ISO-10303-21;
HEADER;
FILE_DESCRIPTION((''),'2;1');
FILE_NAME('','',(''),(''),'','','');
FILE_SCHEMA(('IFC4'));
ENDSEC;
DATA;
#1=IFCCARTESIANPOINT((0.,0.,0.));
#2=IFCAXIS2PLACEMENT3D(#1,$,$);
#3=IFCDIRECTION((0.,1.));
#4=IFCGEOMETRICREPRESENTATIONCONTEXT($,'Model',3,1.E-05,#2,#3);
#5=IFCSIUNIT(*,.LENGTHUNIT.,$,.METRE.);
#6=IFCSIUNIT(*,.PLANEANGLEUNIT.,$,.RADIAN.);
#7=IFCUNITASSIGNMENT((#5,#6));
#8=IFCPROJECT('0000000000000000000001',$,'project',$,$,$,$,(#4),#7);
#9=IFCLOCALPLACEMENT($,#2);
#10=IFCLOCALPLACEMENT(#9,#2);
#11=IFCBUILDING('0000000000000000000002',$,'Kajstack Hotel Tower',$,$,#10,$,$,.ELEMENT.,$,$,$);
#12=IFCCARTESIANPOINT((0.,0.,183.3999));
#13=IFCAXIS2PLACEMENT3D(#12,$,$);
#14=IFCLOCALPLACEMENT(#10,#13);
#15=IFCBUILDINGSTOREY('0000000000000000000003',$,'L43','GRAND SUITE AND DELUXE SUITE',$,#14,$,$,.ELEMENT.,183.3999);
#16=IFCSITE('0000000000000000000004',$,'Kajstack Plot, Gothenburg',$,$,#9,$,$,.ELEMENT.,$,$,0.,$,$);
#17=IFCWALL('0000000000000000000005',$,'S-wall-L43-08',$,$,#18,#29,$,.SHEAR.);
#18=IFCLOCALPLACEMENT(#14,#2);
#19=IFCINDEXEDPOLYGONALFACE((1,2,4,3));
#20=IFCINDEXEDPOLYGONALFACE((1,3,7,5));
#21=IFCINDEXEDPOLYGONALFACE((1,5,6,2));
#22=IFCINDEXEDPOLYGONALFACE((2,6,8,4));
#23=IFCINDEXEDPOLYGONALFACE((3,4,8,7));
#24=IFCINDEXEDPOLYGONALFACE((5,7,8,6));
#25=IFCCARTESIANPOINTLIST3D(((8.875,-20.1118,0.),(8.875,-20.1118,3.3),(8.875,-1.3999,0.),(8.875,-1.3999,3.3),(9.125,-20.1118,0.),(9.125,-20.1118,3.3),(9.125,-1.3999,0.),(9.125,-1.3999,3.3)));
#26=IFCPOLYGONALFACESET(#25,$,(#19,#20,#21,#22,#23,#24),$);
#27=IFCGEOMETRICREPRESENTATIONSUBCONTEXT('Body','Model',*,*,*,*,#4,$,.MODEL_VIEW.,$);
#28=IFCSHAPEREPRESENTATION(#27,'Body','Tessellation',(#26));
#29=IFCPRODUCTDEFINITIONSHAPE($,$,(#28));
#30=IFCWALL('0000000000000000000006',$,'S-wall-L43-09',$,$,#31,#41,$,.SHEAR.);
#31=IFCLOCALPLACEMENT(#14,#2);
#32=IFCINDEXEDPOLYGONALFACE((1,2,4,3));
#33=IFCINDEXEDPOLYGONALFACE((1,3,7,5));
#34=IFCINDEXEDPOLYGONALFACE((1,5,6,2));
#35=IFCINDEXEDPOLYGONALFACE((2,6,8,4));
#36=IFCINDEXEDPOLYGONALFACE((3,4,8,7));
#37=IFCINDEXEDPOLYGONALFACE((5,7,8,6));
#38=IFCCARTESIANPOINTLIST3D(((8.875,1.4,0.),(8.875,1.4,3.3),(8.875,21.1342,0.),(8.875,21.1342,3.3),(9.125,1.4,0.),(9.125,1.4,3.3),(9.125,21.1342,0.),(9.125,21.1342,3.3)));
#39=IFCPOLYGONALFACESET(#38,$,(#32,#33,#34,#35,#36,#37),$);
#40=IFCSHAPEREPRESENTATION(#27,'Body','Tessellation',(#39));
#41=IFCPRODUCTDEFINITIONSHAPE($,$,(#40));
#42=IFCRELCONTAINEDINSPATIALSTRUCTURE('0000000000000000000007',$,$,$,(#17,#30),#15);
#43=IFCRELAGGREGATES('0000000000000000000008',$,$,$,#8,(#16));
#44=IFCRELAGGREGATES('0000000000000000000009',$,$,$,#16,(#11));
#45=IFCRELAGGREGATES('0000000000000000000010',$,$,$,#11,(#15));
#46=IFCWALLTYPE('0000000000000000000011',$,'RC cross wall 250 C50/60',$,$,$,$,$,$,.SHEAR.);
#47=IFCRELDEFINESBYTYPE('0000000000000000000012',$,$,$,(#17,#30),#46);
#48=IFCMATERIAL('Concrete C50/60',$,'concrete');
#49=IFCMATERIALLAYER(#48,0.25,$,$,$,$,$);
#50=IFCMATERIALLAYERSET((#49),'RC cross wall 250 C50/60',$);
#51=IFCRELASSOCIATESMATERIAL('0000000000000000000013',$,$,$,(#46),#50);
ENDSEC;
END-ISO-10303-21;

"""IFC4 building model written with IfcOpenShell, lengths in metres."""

from ifc_helpers import new_model, si_unit, direction, frame, frame_2d, origin, place, context, subcontext, project, spatial, rectangle, extrude, material, layer, layer_set, type_object, element, save


model = new_model("IFC4")

# Units and contexts
model_context = context("Model", 3, precision=1e-05, world=origin(), true_north=direction((0.0, 1.0)))
body_context = subcontext(model_context, "Body", "Model", "MODEL_VIEW")
ifc_project = project(units=[si_unit("LENGTHUNIT", "METRE"), si_unit("PLANEANGLEUNIT", "RADIAN")], contexts=[model_context])

# Site, building, storey
site_placement = place(None, origin())
site = spatial("IfcSite", under=ifc_project, at=site_placement, Name="Kajstack Plot, Gothenburg", CompositionType="ELEMENT", RefElevation=0.0)
building_placement = place(site_placement, origin())
building = spatial("IfcBuilding", under=site, at=building_placement, Name="Kajstack Hotel Tower", CompositionType="ELEMENT")
storey_placement = place(building_placement, frame((0.0, 0.0, 183.3999)))
storey = spatial("IfcBuildingStorey", under=building, at=storey_placement, Name="L43", Description="GRAND SUITE AND DELUXE SUITE", CompositionType="ELEMENT", Elevation=183.3999)

# Walls
ifc_material_1 = material(Name="Concrete C50/60", Category="concrete")
ifc_layer_1 = layer(ifc_material_1, 0.25)
ifc_layer_set_1 = layer_set([ifc_layer_1], Name="RC cross wall 250 C50/60")
wall_type_1 = type_object("IfcWallType", Name="RC cross wall 250 C50/60", PredefinedType="SHEAR", material=ifc_layer_set_1)
wall_1_placement = place(storey_placement, frame((9.0, -20.1118, 0.0), z_axis=(0.0, 0.0, 1.0), x_axis=(0.0, 1.0, 0.0)))
element("IfcWall", 1, at=wall_1_placement, inside=storey, type_object=wall_type_1, Name="S-wall-L43-08", PredefinedType="SHEAR", context=body_context, shape_type="SweptSolid", body=[
    extrude(rectangle(XDim=18.7119, YDim=0.25, at=frame_2d((9.356, 0.0))), origin(), (0.0, 0.0, 1.0), 3.3),
])
wall_2_placement = place(storey_placement, frame((9.0, 1.3999, 0.0), z_axis=(0.0, 0.0, 1.0), x_axis=(0.0, 1.0, 0.0)))
element("IfcWall", 2, at=wall_2_placement, inside=storey, type_object=wall_type_1, Name="S-wall-L43-09", PredefinedType="SHEAR", context=body_context, shape_type="SweptSolid", body=[
    extrude(rectangle(XDim=19.7341, YDim=0.25, at=frame_2d((9.8672, 0.0))), origin(), (0.0, 0.0, 1.0), 3.3),
])

save(model, "model.ifc")
